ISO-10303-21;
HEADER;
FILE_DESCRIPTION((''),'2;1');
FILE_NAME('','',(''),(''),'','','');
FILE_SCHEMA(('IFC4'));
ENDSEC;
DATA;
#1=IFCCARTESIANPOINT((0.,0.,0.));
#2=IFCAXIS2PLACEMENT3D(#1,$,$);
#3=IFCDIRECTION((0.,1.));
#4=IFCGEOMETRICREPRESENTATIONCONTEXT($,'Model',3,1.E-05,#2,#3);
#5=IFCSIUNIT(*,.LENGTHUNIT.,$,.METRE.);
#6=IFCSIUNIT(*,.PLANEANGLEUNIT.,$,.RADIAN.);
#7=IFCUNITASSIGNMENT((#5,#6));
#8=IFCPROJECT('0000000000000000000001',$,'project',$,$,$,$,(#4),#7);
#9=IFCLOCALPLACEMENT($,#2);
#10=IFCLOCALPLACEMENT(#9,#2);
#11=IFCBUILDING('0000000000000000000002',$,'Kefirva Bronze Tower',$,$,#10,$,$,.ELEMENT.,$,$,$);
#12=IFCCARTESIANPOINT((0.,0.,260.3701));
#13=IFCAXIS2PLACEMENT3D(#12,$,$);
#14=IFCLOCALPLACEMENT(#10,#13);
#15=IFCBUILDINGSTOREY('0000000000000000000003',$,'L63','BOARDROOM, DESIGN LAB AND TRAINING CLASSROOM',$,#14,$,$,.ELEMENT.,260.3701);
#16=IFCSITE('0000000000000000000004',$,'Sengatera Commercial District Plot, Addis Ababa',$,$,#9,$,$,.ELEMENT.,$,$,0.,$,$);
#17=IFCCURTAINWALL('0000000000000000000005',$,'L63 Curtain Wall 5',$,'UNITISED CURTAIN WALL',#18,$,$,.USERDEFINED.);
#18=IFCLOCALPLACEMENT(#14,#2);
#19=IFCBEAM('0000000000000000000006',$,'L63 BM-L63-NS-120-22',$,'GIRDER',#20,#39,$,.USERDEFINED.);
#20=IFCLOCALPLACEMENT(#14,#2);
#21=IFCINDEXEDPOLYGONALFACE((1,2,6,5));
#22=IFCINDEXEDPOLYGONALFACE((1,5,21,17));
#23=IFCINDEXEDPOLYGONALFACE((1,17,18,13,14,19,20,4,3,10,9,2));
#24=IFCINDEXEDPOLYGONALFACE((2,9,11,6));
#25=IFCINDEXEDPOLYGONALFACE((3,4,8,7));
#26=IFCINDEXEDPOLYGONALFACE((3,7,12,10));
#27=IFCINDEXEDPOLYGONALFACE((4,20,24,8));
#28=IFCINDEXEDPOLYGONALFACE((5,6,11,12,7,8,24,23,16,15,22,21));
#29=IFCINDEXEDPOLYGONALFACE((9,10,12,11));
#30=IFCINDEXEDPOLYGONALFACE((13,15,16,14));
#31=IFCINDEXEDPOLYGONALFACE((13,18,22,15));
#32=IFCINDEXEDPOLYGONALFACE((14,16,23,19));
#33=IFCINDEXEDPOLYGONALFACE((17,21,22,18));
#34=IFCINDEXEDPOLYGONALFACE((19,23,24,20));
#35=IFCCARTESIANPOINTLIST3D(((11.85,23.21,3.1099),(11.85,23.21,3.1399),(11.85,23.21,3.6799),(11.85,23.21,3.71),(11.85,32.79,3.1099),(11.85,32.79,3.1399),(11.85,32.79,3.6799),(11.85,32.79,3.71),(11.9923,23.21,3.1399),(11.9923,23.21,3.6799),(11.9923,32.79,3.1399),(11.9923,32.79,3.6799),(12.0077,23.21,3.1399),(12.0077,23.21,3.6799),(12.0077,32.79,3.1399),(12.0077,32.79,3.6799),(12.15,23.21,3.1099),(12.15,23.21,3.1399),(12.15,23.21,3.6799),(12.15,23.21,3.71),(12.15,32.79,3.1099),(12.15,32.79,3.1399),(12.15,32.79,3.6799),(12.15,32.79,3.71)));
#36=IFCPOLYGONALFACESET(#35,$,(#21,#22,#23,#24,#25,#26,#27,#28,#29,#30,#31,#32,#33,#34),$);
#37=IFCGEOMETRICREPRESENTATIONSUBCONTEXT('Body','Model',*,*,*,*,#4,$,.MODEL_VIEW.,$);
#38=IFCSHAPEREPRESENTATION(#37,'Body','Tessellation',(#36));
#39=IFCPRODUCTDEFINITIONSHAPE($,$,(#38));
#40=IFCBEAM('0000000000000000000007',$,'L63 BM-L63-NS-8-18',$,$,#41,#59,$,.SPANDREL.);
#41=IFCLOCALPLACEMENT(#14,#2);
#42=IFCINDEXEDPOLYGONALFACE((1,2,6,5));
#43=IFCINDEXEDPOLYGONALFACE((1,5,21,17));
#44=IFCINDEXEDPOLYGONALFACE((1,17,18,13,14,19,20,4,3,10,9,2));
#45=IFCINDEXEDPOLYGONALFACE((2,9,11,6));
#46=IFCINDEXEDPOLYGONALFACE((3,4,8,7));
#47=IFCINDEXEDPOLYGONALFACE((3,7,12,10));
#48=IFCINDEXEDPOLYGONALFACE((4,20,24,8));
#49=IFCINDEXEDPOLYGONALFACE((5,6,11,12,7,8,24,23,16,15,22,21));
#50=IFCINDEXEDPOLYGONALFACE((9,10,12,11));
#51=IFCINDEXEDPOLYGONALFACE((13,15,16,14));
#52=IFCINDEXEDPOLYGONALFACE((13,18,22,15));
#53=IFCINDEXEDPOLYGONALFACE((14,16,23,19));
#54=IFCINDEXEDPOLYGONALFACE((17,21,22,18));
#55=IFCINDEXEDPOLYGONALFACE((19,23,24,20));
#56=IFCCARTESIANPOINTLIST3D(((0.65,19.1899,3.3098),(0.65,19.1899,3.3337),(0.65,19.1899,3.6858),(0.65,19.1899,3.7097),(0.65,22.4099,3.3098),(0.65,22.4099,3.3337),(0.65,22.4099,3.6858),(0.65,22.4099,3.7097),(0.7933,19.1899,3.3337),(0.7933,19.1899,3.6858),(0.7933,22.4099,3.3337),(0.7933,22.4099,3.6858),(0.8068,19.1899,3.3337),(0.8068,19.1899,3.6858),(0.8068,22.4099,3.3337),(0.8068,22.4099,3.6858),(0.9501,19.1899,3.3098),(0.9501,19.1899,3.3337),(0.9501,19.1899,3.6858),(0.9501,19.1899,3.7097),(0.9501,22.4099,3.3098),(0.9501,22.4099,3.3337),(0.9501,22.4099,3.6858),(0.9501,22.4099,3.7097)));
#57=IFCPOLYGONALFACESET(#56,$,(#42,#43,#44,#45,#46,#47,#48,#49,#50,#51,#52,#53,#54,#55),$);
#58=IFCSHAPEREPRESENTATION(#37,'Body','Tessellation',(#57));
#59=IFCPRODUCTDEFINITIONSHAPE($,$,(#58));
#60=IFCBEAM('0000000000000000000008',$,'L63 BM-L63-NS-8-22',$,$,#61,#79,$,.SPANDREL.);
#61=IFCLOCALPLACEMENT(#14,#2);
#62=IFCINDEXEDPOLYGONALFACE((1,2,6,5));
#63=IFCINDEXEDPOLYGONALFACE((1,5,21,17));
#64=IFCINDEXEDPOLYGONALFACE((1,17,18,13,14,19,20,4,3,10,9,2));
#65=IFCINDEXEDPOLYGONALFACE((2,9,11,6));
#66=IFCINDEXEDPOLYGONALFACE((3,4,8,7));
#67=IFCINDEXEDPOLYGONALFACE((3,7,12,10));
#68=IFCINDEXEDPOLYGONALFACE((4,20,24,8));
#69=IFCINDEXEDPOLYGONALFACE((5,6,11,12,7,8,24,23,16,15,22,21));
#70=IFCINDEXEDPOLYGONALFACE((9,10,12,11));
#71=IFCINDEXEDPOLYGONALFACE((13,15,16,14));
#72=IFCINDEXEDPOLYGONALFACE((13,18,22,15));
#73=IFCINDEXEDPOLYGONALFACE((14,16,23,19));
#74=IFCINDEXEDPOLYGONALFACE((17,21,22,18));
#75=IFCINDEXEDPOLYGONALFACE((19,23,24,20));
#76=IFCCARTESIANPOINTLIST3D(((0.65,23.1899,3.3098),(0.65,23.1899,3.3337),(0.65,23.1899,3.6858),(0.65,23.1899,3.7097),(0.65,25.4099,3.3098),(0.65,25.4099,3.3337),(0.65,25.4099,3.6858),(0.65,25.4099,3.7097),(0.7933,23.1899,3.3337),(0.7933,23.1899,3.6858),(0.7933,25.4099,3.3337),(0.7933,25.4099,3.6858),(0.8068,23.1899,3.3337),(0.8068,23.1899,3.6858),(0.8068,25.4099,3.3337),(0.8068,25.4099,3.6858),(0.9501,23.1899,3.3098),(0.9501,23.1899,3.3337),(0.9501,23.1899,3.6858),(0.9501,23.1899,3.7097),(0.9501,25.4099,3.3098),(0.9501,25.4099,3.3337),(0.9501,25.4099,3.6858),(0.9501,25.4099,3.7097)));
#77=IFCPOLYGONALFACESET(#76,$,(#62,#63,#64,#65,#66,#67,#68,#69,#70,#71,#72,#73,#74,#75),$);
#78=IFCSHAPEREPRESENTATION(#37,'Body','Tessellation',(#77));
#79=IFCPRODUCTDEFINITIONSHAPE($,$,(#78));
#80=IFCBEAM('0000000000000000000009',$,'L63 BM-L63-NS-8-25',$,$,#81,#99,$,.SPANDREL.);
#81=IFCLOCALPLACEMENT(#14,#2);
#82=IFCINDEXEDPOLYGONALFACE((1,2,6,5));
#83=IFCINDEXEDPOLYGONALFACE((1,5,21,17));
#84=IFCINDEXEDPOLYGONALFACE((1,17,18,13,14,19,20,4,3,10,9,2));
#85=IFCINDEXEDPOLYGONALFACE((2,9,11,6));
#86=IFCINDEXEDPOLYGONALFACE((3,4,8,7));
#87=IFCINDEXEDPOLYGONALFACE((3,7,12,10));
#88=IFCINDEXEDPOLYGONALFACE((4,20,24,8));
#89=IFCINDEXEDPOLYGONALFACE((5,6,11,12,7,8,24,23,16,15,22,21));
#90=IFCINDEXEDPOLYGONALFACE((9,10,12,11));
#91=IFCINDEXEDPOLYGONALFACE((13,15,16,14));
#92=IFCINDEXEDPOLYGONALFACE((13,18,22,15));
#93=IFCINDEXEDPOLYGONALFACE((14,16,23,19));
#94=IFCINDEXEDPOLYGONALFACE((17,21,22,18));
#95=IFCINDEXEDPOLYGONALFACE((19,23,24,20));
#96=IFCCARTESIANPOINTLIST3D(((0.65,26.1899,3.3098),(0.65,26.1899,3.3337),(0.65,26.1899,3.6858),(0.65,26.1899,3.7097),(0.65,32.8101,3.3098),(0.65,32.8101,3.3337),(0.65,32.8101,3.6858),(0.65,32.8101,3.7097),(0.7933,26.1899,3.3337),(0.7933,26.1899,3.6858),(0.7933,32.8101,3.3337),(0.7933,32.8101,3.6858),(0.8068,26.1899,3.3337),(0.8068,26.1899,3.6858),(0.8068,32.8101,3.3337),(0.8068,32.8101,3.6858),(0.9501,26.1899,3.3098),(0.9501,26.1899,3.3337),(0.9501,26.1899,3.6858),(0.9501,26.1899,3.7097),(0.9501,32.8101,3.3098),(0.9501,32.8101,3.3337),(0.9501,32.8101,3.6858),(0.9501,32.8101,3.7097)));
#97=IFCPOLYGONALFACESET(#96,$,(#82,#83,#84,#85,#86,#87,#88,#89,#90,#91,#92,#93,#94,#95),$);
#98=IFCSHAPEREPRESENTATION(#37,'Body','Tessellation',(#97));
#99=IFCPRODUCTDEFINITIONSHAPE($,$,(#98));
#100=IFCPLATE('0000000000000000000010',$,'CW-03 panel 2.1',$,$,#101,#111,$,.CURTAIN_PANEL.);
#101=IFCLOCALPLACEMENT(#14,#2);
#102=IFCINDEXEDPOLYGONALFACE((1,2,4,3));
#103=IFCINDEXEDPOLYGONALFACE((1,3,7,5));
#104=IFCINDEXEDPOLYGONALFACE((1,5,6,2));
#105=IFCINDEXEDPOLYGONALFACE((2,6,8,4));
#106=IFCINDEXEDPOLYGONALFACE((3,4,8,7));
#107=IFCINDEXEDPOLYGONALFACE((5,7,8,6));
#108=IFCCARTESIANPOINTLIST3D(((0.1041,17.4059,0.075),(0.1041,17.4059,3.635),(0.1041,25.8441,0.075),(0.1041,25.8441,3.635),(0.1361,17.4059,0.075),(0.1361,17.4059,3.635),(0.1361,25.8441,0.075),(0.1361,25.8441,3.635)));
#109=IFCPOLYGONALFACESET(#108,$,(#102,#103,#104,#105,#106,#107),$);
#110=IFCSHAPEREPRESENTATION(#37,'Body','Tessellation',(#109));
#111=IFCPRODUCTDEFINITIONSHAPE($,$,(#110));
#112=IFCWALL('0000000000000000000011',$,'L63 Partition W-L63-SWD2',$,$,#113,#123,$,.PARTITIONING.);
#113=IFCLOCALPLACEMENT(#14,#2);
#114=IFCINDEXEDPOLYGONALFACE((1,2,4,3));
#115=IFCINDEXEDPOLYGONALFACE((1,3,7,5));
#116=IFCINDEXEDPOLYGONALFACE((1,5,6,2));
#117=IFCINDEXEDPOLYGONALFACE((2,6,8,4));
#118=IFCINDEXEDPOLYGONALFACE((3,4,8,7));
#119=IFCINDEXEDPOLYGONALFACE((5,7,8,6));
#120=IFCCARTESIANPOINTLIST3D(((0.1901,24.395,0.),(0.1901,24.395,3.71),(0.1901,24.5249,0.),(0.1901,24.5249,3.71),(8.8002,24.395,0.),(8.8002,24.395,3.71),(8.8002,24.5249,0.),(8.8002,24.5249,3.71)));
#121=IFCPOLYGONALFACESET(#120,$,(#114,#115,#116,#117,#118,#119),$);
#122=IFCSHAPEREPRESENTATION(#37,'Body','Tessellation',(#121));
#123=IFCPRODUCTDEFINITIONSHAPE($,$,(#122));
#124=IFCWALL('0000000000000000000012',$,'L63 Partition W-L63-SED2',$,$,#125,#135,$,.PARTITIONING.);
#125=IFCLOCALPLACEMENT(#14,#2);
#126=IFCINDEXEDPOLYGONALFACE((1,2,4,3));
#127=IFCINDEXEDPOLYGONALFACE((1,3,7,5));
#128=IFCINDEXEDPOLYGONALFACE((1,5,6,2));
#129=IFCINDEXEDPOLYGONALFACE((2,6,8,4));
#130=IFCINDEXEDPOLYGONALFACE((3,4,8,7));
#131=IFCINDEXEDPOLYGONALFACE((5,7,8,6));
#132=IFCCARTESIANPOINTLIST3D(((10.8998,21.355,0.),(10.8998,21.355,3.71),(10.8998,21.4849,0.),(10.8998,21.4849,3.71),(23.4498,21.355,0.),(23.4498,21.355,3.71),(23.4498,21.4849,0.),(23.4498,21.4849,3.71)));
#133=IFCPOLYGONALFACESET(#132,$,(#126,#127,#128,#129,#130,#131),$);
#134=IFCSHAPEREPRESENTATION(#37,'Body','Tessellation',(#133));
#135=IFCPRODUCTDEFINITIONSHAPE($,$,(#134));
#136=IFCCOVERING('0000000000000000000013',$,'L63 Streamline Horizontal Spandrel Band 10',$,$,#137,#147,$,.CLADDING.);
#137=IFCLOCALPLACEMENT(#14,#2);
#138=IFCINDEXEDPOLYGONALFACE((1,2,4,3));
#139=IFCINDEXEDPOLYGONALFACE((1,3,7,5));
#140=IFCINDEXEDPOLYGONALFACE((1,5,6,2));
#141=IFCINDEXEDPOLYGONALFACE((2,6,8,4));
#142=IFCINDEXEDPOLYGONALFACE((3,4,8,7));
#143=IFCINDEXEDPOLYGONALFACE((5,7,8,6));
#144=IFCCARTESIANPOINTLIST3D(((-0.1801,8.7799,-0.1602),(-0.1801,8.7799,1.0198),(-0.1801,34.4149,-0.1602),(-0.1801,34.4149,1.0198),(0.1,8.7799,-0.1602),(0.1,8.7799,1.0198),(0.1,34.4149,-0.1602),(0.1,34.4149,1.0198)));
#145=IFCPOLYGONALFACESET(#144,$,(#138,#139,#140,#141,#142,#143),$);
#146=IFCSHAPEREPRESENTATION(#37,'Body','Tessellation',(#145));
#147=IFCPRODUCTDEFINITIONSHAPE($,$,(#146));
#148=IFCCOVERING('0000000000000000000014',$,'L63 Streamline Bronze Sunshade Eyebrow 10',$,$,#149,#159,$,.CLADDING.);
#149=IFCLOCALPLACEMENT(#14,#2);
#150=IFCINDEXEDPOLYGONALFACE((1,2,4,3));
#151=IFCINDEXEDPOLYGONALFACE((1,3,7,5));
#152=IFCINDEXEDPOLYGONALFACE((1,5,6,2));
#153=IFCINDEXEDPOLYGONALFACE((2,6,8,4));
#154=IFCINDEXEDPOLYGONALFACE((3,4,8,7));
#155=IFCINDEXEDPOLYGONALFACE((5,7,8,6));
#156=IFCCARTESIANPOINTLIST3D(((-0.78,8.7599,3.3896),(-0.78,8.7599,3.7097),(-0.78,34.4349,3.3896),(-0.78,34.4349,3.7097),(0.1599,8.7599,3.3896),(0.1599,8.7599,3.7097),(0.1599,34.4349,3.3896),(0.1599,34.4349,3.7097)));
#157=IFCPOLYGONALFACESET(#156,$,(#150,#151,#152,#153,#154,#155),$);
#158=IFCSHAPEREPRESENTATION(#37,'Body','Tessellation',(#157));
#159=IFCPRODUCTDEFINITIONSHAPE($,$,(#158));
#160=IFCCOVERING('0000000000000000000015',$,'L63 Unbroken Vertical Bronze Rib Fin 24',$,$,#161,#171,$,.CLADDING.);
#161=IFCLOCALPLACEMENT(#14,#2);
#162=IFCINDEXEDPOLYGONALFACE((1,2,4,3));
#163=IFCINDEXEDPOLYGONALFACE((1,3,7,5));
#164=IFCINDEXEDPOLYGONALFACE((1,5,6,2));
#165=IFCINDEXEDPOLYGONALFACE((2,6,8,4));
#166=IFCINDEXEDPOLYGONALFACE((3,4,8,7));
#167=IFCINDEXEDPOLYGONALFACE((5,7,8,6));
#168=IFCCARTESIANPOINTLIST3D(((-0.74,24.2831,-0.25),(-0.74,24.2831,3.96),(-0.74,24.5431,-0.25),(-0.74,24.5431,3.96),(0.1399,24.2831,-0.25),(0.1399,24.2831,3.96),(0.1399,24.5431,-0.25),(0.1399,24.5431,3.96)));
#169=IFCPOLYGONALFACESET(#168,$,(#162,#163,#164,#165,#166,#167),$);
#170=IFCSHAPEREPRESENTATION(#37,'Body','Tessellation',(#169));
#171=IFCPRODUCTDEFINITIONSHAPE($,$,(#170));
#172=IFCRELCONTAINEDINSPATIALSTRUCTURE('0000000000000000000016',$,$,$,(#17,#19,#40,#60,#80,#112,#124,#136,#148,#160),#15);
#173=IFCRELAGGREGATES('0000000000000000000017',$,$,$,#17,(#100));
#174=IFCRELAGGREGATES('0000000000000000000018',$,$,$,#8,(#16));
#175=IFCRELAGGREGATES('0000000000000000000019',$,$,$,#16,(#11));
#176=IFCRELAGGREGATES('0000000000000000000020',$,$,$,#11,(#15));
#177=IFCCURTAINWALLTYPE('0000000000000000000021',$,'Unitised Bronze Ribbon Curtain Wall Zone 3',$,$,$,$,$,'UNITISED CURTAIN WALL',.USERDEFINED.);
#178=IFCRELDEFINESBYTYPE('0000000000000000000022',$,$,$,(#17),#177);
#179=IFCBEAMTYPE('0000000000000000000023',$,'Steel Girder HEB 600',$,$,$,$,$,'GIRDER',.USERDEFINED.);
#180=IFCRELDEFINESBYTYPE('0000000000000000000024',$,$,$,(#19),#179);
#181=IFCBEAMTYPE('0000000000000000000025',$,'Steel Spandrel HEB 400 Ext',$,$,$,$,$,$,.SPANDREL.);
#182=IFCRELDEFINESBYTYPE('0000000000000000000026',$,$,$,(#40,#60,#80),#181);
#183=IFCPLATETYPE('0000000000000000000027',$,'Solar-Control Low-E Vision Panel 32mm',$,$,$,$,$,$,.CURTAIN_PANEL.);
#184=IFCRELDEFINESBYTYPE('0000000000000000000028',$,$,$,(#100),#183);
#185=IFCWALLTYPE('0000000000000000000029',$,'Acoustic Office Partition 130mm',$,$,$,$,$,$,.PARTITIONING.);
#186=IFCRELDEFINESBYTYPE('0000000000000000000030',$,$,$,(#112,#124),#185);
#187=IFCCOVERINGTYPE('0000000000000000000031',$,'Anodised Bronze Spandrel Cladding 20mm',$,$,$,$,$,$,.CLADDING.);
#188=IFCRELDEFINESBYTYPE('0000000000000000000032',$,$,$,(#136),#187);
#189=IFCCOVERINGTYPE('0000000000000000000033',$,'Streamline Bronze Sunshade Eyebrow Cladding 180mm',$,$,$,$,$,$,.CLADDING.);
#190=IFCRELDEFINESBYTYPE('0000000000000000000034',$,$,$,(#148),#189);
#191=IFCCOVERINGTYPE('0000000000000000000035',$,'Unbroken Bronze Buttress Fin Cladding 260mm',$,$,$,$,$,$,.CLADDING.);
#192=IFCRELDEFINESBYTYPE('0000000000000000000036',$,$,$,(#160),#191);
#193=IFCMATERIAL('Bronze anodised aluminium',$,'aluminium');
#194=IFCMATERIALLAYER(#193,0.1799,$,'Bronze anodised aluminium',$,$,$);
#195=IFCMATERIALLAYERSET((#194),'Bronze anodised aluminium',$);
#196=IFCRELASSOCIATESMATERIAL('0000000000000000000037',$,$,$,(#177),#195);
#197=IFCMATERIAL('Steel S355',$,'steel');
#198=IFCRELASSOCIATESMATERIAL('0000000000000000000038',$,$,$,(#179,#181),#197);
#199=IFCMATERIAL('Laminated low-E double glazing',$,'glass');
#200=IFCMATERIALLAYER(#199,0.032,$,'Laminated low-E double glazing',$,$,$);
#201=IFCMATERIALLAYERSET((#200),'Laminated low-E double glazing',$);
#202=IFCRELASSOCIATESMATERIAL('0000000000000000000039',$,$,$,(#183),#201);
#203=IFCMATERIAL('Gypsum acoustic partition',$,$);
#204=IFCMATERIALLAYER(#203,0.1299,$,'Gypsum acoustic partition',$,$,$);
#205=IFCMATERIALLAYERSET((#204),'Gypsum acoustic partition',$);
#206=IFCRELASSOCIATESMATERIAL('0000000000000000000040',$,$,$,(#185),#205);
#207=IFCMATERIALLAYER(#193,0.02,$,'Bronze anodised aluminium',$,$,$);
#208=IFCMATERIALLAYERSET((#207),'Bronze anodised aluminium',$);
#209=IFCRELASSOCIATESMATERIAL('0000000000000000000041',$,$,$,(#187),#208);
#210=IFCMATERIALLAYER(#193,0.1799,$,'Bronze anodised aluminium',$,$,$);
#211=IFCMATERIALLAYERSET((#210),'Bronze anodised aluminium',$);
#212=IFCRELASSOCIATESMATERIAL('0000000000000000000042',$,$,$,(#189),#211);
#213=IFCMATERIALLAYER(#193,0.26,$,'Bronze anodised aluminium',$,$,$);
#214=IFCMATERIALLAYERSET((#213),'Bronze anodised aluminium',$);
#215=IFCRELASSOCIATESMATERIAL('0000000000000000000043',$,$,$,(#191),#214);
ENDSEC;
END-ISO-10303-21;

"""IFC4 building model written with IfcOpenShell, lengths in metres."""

from ifc_helpers import new_model, si_unit, direction, frame, frame_2d, origin, origin_2d, place, context, subcontext, project, spatial, rectangle, i_section, extrude, material, layer, layer_set, material_profile, profile_set, type_object, element, aggregate, save


model = new_model("IFC4")

# Units and contexts
model_context = context("Model", 3, precision=1e-05, world=origin(), true_north=direction((0.0, 1.0)))
body_context = subcontext(model_context, "Body", "Model", "MODEL_VIEW")
ifc_project = project(units=[si_unit("LENGTHUNIT", "METRE"), si_unit("PLANEANGLEUNIT", "RADIAN")], contexts=[model_context])

# Site, building, storey
site_placement = place(None, origin())
site = spatial("IfcSite", under=ifc_project, at=site_placement, Name="Sengatera Commercial District Plot, Addis Ababa", CompositionType="ELEMENT", RefElevation=0.0)
building_placement = place(site_placement, origin())
building = spatial("IfcBuilding", under=site, at=building_placement, Name="Kefirva Bronze Tower", CompositionType="ELEMENT")
storey_placement = place(building_placement, frame((0.0, 0.0, 260.3701)))
storey = spatial("IfcBuildingStorey", under=building, at=storey_placement, Name="L63", Description="BOARDROOM, DESIGN LAB AND TRAINING CLASSROOM", CompositionType="ELEMENT", Elevation=260.3701)

# Curtain wall
ifc_material_1 = material(Name="Bronze anodised aluminium", Category="aluminium")
ifc_layer_1 = layer(ifc_material_1, 0.1799, Name="Bronze anodised aluminium")
ifc_layer_set_1 = layer_set([ifc_layer_1], Name="Bronze anodised aluminium")
curtain_wall_type = type_object("IfcCurtainWallType", Name="Unitised Bronze Ribbon Curtain Wall Zone 3", ElementType="UNITISED CURTAIN WALL", PredefinedType="USERDEFINED", material=ifc_layer_set_1)
curtain_wall_placement = place(storey_placement, origin())
curtain_wall = element("IfcCurtainWall", 1, at=curtain_wall_placement, inside=storey, type_object=curtain_wall_type, Name="L63 Curtain Wall 5", ObjectType="UNITISED CURTAIN WALL", PredefinedType="USERDEFINED")

# Beams
ifc_material_2 = material(Name="Steel S355", Category="steel")
ifc_material_profile_1 = material_profile(ifc_material_2, i_section(OverallWidth=0.3, OverallDepth=0.6001, WebThickness=0.0154, FlangeThickness=0.03, at=origin_2d()), Name="HEB 600")
ifc_profile_set_1 = profile_set([ifc_material_profile_1], Name="Steel S355")
beam_type_1 = type_object("IfcBeamType", Name="Steel Girder HEB 600", ElementType="GIRDER", PredefinedType="USERDEFINED", material=ifc_profile_set_1)
beam_1_placement = place(storey_placement, frame((12.0, 23.21, 3.4099), z_axis=(0.0, 1.0, 0.0), x_axis=(-1.0, 0.0, 0.0)))
element("IfcBeam", 2, at=beam_1_placement, inside=storey, type_object=beam_type_1, Name="L63 BM-L63-NS-120-22", ObjectType="GIRDER", PredefinedType="USERDEFINED", context=body_context, shape_type="SweptSolid", body=[
    extrude(i_section(OverallWidth=0.3, OverallDepth=0.6001, WebThickness=0.0154, FlangeThickness=0.03, at=origin_2d()), origin(), (0.0, 0.0, 1.0), 9.5801),
])
ifc_material_profile_2 = material_profile(ifc_material_2, i_section(OverallWidth=0.3, OverallDepth=0.3999, WebThickness=0.0134, FlangeThickness=0.0239, at=origin_2d()), Name="HEB 400")
ifc_profile_set_2 = profile_set([ifc_material_profile_2], Name="Steel S355")
beam_type_2 = type_object("IfcBeamType", Name="Steel Spandrel HEB 400 Ext", PredefinedType="SPANDREL", material=ifc_profile_set_2)
beam_2_placement = place(storey_placement, frame((0.8, 19.1899, 3.5098), z_axis=(0.0, 1.0, 0.0), x_axis=(-1.0, 0.0, 0.0)))
element("IfcBeam", 3, at=beam_2_placement, inside=storey, type_object=beam_type_2, Name="L63 BM-L63-NS-8-18", PredefinedType="SPANDREL", context=body_context, shape_type="SweptSolid", body=[
    extrude(i_section(OverallWidth=0.3, OverallDepth=0.3999, WebThickness=0.0134, FlangeThickness=0.0239, at=origin_2d()), origin(), (0.0, 0.0, 1.0), 3.22),
])
beam_3_placement = place(storey_placement, frame((0.8, 23.1899, 3.5098), z_axis=(0.0, 1.0, 0.0), x_axis=(-1.0, 0.0, 0.0)))
element("IfcBeam", 4, at=beam_3_placement, inside=storey, type_object=beam_type_2, Name="L63 BM-L63-NS-8-22", PredefinedType="SPANDREL", context=body_context, shape_type="SweptSolid", body=[
    extrude(i_section(OverallWidth=0.3, OverallDepth=0.3999, WebThickness=0.0134, FlangeThickness=0.0239, at=origin_2d()), origin(), (0.0, 0.0, 1.0), 2.22),
])
beam_4_placement = place(storey_placement, frame((0.8, 26.1899, 3.5098), z_axis=(0.0, 1.0, 0.0), x_axis=(-1.0, 0.0, 0.0)))
element("IfcBeam", 5, at=beam_4_placement, inside=storey, type_object=beam_type_2, Name="L63 BM-L63-NS-8-25", PredefinedType="SPANDREL", context=body_context, shape_type="SweptSolid", body=[
    extrude(i_section(OverallWidth=0.3, OverallDepth=0.3999, WebThickness=0.0134, FlangeThickness=0.0239, at=origin_2d()), origin(), (0.0, 0.0, 1.0), 6.6201),
])

# Plate
ifc_material_3 = material(Name="Laminated low-E double glazing", Category="glass")
ifc_layer_2 = layer(ifc_material_3, 0.032, Name="Laminated low-E double glazing")
ifc_layer_set_2 = layer_set([ifc_layer_2], Name="Laminated low-E double glazing")
plate_type = type_object("IfcPlateType", Name="Solar-Control Low-E Vision Panel 32mm", PredefinedType="CURTAIN_PANEL", material=ifc_layer_set_2)
plate_placement = place(storey_placement, frame((0.1201, 21.625, 0.075), z_axis=(0.0, 0.0, 1.0), x_axis=(0.0, -1.0, 0.0)))
plate = element("IfcPlate", 6, at=plate_placement, type_object=plate_type, Name="CW-03 panel 2.1", PredefinedType="CURTAIN_PANEL", context=body_context, shape_type="SweptSolid", body=[
    extrude(rectangle(XDim=8.4382, YDim=0.032, at=origin_2d()), origin(), (0.0, 0.0, 1.0), 3.5601),
])
aggregate(curtain_wall, [plate])

# Walls
ifc_material_4 = material(Name="Gypsum acoustic partition")
ifc_layer_3 = layer(ifc_material_4, 0.1299, Name="Gypsum acoustic partition")
ifc_layer_set_3 = layer_set([ifc_layer_3], Name="Gypsum acoustic partition")
wall_type = type_object("IfcWallType", Name="Acoustic Office Partition 130mm", PredefinedType="PARTITIONING", material=ifc_layer_set_3)
wall_1_placement = place(storey_placement, frame((0.1899, 24.46, 0.0), z_axis=(0.0, 0.0, 1.0), x_axis=(1.0, 0.0, 0.0)))
element("IfcWall", 7, at=wall_1_placement, inside=storey, type_object=wall_type, Name="L63 Partition W-L63-SWD2", PredefinedType="PARTITIONING", context=body_context, shape_type="SweptSolid", body=[
    extrude(rectangle(XDim=8.6101, YDim=0.1299, at=frame_2d((4.3052, 0.0))), origin(), (0.0, 0.0, 1.0), 3.71),
])
wall_2_placement = place(storey_placement, frame((10.8999, 21.4199, 0.0), z_axis=(0.0, 0.0, 1.0), x_axis=(1.0, 0.0, 0.0)))
element("IfcWall", 8, at=wall_2_placement, inside=storey, type_object=wall_type, Name="L63 Partition W-L63-SED2", PredefinedType="PARTITIONING", context=body_context, shape_type="SweptSolid", body=[
    extrude(rectangle(XDim=12.55, YDim=0.1299, at=frame_2d((6.2749, 0.0))), origin(), (0.0, 0.0, 1.0), 3.71),
])

# Coverings
ifc_layer_4 = layer(ifc_material_1, 0.02, Name="Bronze anodised aluminium")
ifc_layer_set_4 = layer_set([ifc_layer_4], Name="Bronze anodised aluminium")
covering_type_1 = type_object("IfcCoveringType", Name="Anodised Bronze Spandrel Cladding 20mm", PredefinedType="CLADDING", material=ifc_layer_set_4)
covering_1_placement = place(storey_placement, frame((-0.04, 21.5974, -0.1602), z_axis=(0.0, 0.0, 1.0), x_axis=(0.0, -1.0, 0.0)))
element("IfcCovering", 9, at=covering_1_placement, inside=storey, type_object=covering_type_1, Name="L63 Streamline Horizontal Spandrel Band 10", PredefinedType="CLADDING", context=body_context, shape_type="SweptSolid", body=[
    extrude(rectangle(XDim=25.635, YDim=0.28, at=origin_2d()), origin(), (0.0, 0.0, 1.0), 1.1799),
])
ifc_layer_5 = layer(ifc_material_1, 0.1799, Name="Bronze anodised aluminium")
ifc_layer_set_5 = layer_set([ifc_layer_5], Name="Bronze anodised aluminium")
covering_type_2 = type_object("IfcCoveringType", Name="Streamline Bronze Sunshade Eyebrow Cladding 180mm", PredefinedType="CLADDING", material=ifc_layer_set_5)
covering_2_placement = place(storey_placement, frame((-0.3101, 21.5974, 3.3896), z_axis=(0.0, 0.0, 1.0), x_axis=(0.0, -1.0, 0.0)))
element("IfcCovering", 10, at=covering_2_placement, inside=storey, type_object=covering_type_2, Name="L63 Streamline Bronze Sunshade Eyebrow 10", PredefinedType="CLADDING", context=body_context, shape_type="SweptSolid", body=[
    extrude(rectangle(XDim=25.675, YDim=0.9399, at=origin_2d()), origin(), (0.0, 0.0, 1.0), 0.3201),
])
ifc_layer_6 = layer(ifc_material_1, 0.26, Name="Bronze anodised aluminium")
ifc_layer_set_6 = layer_set([ifc_layer_6], Name="Bronze anodised aluminium")
covering_type_3 = type_object("IfcCoveringType", Name="Unbroken Bronze Buttress Fin Cladding 260mm", PredefinedType="CLADDING", material=ifc_layer_set_6)
covering_3_placement = place(storey_placement, frame((-0.3, 24.4131, -0.25), z_axis=(0.0, 0.0, 1.0), x_axis=(0.0, -1.0, 0.0)))
element("IfcCovering", 11, at=covering_3_placement, inside=storey, type_object=covering_type_3, Name="L63 Unbroken Vertical Bronze Rib Fin 24", PredefinedType="CLADDING", context=body_context, shape_type="SweptSolid", body=[
    extrude(rectangle(XDim=0.26, YDim=0.8799, at=origin_2d()), origin(), (0.0, 0.0, 1.0), 4.21),
])

save(model, "model.ifc")
